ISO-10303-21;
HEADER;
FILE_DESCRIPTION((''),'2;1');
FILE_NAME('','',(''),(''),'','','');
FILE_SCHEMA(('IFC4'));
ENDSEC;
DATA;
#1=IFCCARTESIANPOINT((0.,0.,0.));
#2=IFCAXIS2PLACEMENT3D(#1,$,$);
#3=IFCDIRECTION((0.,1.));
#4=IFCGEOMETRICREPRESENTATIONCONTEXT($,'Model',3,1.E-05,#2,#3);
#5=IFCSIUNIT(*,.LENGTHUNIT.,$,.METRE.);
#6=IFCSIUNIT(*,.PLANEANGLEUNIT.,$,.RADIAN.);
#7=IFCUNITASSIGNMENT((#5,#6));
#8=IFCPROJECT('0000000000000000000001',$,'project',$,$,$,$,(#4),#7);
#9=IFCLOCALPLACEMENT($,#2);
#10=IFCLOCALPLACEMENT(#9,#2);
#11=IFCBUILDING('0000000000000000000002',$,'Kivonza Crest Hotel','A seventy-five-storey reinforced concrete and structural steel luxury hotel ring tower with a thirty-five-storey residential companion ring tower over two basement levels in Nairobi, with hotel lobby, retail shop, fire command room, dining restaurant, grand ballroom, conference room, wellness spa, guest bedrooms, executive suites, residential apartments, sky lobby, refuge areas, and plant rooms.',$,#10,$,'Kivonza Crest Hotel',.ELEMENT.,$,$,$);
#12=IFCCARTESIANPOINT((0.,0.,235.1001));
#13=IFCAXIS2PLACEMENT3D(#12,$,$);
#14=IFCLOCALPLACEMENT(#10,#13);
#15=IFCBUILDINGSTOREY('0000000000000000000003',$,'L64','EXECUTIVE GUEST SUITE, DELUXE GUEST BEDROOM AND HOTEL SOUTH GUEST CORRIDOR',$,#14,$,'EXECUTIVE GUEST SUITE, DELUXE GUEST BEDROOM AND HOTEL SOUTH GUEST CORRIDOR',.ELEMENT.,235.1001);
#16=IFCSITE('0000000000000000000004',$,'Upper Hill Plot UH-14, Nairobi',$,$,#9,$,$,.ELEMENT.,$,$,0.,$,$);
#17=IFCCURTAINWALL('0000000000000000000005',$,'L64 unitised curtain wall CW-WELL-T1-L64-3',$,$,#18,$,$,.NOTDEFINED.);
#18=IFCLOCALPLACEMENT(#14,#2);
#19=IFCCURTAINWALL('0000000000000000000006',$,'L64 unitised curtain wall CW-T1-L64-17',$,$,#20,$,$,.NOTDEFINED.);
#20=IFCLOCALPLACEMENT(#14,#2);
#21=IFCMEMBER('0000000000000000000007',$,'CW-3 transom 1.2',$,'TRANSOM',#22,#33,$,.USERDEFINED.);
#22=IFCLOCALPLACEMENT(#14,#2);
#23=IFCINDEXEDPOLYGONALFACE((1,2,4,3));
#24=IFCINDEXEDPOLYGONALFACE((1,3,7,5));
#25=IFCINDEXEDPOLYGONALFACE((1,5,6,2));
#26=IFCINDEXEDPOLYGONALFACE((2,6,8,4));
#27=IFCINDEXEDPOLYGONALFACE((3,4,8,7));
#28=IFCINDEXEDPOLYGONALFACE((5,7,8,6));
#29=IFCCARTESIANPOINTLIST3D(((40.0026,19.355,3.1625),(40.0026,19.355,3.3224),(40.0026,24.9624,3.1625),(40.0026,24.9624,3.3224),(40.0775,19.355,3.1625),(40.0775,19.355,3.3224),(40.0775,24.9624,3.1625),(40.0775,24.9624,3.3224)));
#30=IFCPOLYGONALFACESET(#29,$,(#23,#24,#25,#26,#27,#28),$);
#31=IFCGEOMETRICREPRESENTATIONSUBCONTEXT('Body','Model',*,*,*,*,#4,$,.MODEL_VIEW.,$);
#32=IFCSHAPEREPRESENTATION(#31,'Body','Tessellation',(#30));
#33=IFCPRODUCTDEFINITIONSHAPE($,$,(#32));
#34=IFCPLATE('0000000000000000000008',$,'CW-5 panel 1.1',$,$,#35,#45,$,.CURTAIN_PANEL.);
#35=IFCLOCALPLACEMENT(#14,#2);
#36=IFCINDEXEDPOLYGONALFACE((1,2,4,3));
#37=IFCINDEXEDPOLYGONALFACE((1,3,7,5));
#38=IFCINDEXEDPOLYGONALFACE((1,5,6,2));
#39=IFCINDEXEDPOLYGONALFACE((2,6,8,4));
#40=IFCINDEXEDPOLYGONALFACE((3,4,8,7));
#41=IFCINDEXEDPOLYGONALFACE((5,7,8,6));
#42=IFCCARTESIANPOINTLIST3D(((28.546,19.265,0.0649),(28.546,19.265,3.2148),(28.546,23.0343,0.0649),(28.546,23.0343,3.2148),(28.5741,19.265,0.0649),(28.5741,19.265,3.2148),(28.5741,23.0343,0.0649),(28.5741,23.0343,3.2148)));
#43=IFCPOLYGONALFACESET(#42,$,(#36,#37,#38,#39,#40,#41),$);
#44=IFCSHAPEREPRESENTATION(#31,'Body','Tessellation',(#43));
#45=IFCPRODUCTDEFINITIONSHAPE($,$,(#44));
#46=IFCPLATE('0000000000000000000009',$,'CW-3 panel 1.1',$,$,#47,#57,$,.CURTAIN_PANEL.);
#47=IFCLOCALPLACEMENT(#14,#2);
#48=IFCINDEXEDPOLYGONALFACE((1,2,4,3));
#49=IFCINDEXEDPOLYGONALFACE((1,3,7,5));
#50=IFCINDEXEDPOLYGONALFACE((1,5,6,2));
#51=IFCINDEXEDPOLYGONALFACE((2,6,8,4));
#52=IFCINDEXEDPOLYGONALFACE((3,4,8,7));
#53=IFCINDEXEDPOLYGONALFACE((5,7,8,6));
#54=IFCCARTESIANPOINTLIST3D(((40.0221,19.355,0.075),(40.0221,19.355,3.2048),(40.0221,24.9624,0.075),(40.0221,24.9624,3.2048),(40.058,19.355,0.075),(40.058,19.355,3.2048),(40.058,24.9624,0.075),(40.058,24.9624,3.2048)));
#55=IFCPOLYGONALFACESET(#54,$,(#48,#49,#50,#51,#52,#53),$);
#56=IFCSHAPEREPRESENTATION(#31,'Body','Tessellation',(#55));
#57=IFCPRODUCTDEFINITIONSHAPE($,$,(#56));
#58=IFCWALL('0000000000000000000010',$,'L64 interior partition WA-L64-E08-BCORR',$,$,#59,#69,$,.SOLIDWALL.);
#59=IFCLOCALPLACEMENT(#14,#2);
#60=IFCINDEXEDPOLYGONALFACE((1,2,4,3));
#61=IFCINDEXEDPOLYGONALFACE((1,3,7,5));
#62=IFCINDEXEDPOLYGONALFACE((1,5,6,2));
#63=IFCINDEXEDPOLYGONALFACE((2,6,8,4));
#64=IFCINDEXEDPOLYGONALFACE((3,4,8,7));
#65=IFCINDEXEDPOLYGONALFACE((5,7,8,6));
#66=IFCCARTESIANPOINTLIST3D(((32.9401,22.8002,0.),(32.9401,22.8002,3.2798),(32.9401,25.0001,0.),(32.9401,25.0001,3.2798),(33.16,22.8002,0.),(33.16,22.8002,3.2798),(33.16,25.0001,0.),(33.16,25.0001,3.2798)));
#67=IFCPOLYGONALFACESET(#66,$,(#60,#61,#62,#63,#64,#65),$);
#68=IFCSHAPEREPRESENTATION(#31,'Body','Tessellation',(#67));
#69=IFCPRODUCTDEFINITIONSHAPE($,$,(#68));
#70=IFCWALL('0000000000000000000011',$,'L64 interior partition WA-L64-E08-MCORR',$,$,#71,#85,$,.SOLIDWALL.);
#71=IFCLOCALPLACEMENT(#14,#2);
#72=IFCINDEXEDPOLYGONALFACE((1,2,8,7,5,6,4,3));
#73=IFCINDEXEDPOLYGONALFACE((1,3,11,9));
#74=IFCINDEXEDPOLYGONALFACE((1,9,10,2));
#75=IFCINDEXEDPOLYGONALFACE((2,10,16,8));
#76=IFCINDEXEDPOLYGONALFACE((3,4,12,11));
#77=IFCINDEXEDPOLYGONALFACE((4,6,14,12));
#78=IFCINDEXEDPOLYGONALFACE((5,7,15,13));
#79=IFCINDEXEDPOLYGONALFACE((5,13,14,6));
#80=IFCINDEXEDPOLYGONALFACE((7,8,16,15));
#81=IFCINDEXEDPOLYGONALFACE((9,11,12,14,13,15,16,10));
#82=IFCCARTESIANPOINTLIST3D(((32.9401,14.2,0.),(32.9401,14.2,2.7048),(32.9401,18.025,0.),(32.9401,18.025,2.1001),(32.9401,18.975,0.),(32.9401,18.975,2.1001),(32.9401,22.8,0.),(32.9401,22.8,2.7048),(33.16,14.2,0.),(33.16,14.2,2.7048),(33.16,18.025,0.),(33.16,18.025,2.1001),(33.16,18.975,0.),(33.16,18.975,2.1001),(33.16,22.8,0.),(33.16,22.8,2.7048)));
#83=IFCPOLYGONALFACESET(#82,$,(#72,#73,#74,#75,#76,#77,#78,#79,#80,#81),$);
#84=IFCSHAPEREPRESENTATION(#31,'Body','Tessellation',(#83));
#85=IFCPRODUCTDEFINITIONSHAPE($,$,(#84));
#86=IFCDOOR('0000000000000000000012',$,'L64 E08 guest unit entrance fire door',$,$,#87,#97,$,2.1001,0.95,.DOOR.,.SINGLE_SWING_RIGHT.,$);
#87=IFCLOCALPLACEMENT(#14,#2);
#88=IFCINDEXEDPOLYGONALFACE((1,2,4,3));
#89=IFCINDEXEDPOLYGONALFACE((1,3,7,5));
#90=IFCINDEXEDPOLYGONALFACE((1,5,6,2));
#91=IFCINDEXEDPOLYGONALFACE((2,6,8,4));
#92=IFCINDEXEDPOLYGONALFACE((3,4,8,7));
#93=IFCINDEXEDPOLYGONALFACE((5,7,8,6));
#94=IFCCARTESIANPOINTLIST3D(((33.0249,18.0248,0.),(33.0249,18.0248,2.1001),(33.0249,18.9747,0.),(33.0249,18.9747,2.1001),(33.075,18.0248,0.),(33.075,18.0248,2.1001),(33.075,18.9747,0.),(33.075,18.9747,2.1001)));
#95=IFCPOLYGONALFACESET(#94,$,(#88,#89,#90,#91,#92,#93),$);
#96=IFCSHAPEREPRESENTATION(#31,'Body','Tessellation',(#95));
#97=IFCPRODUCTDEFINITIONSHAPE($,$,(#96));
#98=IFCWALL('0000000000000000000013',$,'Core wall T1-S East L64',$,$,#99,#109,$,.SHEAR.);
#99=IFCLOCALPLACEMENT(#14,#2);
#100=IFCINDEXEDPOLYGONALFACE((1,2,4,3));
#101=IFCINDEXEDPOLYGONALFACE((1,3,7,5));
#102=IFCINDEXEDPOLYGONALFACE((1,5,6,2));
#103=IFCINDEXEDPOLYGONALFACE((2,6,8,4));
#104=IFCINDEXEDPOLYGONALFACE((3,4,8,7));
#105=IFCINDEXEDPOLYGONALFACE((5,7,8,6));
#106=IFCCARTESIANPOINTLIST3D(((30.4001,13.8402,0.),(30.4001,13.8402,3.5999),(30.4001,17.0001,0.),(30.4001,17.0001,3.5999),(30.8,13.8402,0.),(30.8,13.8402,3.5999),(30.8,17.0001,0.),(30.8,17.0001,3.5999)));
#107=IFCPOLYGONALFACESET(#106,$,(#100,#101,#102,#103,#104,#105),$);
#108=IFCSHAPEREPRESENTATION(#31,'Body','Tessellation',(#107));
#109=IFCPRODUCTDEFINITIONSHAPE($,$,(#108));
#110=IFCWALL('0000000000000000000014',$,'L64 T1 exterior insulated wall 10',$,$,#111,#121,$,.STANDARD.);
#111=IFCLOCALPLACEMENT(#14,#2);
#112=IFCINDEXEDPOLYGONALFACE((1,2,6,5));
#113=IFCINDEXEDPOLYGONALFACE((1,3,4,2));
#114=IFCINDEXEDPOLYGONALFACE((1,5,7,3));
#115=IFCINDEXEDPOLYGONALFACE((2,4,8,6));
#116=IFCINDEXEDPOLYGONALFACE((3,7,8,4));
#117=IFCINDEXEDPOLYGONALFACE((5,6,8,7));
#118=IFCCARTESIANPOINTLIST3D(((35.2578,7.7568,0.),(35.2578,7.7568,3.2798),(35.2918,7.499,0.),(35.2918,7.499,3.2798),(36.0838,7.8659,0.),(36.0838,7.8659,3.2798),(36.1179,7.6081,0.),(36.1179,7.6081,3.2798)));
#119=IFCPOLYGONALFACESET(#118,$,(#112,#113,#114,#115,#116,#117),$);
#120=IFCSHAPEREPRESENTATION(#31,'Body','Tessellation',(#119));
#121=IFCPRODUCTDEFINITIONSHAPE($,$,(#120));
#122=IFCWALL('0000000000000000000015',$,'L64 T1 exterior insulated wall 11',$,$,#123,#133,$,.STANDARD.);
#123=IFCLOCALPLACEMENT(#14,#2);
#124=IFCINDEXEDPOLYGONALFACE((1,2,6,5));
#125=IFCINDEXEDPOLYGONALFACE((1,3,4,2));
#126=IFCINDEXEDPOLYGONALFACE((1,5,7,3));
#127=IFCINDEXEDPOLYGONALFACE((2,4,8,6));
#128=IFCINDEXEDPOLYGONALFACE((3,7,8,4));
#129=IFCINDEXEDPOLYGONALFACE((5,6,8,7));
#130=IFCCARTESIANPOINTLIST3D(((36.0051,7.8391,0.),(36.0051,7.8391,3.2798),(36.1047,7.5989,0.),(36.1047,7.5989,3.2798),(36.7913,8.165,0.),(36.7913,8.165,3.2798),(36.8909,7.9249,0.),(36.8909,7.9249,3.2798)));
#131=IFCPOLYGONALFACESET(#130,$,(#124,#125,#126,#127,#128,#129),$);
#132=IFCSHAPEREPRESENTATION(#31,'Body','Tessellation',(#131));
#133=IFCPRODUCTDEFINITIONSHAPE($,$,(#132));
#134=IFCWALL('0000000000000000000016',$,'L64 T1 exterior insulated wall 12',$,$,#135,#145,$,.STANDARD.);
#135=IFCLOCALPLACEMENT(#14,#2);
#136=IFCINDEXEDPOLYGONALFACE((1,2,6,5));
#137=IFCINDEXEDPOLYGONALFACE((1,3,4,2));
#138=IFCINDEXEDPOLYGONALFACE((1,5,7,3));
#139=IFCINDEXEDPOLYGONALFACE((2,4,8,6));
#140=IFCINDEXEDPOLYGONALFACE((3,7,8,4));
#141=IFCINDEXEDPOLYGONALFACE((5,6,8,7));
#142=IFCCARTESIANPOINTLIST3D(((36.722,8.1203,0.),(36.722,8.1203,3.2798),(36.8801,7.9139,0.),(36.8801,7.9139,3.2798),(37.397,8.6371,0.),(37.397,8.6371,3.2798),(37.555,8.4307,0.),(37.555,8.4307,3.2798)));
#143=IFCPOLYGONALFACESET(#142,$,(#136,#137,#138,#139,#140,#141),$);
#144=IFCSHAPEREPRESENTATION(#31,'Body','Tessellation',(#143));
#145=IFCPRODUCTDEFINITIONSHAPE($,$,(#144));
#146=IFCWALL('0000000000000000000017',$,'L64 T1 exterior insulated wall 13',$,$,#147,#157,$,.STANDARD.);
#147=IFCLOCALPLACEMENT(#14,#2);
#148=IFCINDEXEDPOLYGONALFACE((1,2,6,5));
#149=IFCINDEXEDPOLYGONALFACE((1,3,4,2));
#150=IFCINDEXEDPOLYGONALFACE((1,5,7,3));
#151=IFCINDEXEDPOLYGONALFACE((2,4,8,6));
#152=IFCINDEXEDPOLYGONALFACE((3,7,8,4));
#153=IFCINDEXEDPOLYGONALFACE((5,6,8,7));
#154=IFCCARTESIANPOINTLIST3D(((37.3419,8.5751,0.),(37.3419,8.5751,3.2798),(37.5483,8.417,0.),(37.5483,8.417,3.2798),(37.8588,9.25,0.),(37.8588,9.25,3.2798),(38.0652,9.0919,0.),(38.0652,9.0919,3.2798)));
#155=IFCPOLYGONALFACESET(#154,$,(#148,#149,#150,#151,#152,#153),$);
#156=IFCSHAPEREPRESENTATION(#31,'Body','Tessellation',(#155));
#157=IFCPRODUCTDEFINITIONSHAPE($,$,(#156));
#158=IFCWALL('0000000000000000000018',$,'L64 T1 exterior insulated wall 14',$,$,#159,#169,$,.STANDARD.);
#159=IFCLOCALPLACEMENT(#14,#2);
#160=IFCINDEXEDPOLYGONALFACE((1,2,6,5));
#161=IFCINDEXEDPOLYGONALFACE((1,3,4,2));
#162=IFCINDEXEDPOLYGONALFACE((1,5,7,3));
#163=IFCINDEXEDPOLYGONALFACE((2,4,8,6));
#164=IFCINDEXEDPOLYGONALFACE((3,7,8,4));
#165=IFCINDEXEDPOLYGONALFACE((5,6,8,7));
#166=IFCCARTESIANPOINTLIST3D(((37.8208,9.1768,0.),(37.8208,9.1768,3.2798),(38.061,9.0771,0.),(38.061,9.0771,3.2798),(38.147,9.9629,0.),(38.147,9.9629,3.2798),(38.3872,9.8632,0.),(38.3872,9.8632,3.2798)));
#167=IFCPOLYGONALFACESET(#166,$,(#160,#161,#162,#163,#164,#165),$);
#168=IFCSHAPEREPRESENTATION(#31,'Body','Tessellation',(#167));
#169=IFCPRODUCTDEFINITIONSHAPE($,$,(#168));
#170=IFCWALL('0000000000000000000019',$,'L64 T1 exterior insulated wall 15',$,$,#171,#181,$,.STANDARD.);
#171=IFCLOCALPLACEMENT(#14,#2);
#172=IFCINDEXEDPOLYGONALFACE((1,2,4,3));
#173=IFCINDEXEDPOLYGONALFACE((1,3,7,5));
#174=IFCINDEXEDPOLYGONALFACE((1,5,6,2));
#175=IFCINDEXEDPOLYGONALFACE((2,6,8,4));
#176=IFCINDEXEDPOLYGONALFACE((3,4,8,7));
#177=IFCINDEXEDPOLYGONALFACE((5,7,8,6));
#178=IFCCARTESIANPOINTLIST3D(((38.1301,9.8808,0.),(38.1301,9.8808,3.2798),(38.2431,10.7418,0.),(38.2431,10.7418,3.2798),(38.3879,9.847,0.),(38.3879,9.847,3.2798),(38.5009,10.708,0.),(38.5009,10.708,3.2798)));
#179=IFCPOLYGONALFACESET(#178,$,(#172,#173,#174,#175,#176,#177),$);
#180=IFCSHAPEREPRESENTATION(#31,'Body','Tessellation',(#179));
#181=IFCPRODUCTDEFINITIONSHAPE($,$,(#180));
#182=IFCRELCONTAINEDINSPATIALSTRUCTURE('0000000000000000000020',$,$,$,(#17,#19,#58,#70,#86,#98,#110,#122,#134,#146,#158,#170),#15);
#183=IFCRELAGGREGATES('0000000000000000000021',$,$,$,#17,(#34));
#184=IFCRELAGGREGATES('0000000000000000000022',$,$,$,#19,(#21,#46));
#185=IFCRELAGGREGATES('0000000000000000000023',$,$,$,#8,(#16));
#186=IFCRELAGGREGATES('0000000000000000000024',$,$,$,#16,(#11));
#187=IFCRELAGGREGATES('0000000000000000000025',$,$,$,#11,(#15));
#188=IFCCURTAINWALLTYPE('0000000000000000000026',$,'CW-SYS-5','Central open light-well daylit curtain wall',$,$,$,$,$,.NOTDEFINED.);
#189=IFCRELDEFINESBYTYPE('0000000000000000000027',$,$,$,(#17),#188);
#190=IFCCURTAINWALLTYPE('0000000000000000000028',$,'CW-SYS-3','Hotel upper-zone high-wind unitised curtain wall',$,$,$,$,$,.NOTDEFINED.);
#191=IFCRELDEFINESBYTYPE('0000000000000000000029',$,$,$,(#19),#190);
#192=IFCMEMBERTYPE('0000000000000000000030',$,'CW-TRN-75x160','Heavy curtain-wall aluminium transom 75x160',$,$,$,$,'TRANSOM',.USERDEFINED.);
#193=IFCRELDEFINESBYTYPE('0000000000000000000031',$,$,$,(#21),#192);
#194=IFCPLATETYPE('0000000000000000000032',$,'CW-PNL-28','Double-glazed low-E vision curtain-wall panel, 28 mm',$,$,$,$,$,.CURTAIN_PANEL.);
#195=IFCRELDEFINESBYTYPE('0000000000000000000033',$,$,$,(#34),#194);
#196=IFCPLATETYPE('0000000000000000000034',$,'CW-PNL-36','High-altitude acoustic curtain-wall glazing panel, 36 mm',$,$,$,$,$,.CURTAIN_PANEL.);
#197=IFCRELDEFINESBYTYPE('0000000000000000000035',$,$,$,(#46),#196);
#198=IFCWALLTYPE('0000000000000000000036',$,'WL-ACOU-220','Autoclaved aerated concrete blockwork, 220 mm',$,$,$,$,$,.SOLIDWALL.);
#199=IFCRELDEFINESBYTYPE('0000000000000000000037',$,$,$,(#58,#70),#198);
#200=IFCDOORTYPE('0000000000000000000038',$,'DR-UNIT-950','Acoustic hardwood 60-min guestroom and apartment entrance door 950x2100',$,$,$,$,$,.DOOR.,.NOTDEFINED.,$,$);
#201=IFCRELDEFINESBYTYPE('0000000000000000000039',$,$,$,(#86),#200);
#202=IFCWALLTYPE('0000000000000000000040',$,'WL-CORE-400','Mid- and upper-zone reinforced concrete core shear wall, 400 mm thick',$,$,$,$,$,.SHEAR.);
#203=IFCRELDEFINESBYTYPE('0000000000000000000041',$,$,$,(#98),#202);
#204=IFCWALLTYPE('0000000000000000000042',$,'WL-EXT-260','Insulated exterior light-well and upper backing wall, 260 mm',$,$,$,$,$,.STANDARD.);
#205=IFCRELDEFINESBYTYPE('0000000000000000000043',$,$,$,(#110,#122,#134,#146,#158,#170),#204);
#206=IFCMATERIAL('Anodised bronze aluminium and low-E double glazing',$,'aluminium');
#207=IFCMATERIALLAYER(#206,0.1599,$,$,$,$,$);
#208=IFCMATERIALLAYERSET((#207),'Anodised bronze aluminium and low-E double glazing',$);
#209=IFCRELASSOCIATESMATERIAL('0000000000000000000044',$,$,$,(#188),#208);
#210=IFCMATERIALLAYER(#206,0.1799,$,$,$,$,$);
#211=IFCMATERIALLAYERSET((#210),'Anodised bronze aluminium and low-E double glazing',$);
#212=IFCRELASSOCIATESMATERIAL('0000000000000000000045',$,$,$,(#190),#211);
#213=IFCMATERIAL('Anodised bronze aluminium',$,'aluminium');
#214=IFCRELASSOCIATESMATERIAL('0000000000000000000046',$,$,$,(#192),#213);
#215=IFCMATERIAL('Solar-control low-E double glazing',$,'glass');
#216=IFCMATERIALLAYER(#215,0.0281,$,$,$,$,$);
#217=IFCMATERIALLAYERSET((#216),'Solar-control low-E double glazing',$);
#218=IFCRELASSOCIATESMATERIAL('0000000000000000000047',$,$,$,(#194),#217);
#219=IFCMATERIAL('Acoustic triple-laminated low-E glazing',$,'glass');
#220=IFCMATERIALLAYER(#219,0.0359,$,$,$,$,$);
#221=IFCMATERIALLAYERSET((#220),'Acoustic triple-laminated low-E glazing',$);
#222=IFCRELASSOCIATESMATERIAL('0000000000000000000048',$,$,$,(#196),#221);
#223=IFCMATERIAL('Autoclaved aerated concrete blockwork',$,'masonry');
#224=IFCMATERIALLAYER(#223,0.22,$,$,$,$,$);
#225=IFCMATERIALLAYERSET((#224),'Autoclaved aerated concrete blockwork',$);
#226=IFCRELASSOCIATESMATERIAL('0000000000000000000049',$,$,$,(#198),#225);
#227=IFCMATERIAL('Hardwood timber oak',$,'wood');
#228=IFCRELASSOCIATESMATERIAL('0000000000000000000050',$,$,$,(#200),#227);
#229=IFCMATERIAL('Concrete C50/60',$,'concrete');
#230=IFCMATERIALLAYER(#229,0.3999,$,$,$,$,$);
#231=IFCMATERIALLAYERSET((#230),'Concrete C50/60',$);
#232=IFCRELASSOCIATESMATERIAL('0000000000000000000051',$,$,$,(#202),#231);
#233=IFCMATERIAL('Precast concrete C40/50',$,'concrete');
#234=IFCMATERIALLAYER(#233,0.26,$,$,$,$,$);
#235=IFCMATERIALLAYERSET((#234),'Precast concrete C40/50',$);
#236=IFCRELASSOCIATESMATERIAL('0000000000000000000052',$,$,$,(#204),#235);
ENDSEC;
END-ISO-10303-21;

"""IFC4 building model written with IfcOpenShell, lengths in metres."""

from ifc_helpers import new_model, si_unit, direction, frame, frame_2d, origin, origin_2d, place, context, subcontext, project, spatial, rectangle, extrude, material, layer, layer_set, material_profile, profile_set, type_object, element, fill, aggregate, save


model = new_model("IFC4")

# Units and contexts
model_context = context("Model", 3, precision=1e-05, world=origin(), true_north=direction((0.0, 1.0)))
body_context = subcontext(model_context, "Body", "Model", "MODEL_VIEW")
ifc_project = project(units=[si_unit("LENGTHUNIT", "METRE"), si_unit("PLANEANGLEUNIT", "RADIAN")], contexts=[model_context])

# Site, building, storey
site_placement = place(None, origin())
site = spatial("IfcSite", under=ifc_project, at=site_placement, Name="Upper Hill Plot UH-14, Nairobi", CompositionType="ELEMENT", RefElevation=0.0)
building_placement = place(site_placement, origin())
building = spatial("IfcBuilding", under=site, at=building_placement, Name="Kivonza Crest Hotel", Description="A seventy-five-storey reinforced concrete and structural steel luxury hotel ring tower with a thirty-five-storey residential companion ring tower over two basement levels in Nairobi, with hotel lobby, retail shop, fire command room, dining restaurant, grand ballroom, conference room, wellness spa, guest bedrooms, executive suites, residential apartments, sky lobby, refuge areas, and plant rooms.", LongName="Kivonza Crest Hotel", CompositionType="ELEMENT")
storey_placement = place(building_placement, frame((0.0, 0.0, 235.1001)))
storey = spatial("IfcBuildingStorey", under=building, at=storey_placement, Name="L64", Description="EXECUTIVE GUEST SUITE, DELUXE GUEST BEDROOM AND HOTEL SOUTH GUEST CORRIDOR", LongName="EXECUTIVE GUEST SUITE, DELUXE GUEST BEDROOM AND HOTEL SOUTH GUEST CORRIDOR", CompositionType="ELEMENT", Elevation=235.1001)

# Shared definitions
ifc_material_1 = material(Name="Concrete C50/60", Category="concrete")

# Curtain walls
ifc_material_2 = material(Name="Anodised bronze aluminium and low-E double glazing", Category="aluminium")
ifc_layer_1 = layer(ifc_material_2, 0.1599)
ifc_layer_set_1 = layer_set([ifc_layer_1], Name="Anodised bronze aluminium and low-E double glazing")
curtain_wall_type_1 = type_object("IfcCurtainWallType", Name="CW-SYS-5", Description="Central open light-well daylit curtain wall", PredefinedType="NOTDEFINED", material=ifc_layer_set_1)
curtain_wall_1_placement = place(storey_placement, origin())
curtain_wall_1 = element("IfcCurtainWall", 1, at=curtain_wall_1_placement, inside=storey, type_object=curtain_wall_type_1, Name="L64 unitised curtain wall CW-WELL-T1-L64-3", PredefinedType="NOTDEFINED")
ifc_material_3 = material(Name="Anodised bronze aluminium", Category="aluminium")
ifc_layer_2 = layer(ifc_material_2, 0.1799)
ifc_layer_set_2 = layer_set([ifc_layer_2], Name="Anodised bronze aluminium and low-E double glazing")
curtain_wall_type_2 = type_object("IfcCurtainWallType", Name="CW-SYS-3", Description="Hotel upper-zone high-wind unitised curtain wall", PredefinedType="NOTDEFINED", material=ifc_layer_set_2)
curtain_wall_2_placement = place(storey_placement, origin())
curtain_wall_2 = element("IfcCurtainWall", 2, at=curtain_wall_2_placement, inside=storey, type_object=curtain_wall_type_2, Name="L64 unitised curtain wall CW-T1-L64-17", PredefinedType="NOTDEFINED")

# Member
ifc_material_profile_1 = material_profile(ifc_material_3, rectangle(XDim=0.075, YDim=0.1599, at=origin_2d()), Name="CW-T 75x160")
ifc_profile_set_1 = profile_set([ifc_material_profile_1], Name="Anodised bronze aluminium")
member_type_1 = type_object("IfcMemberType", Name="CW-TRN-75x160", Description="Heavy curtain-wall aluminium transom 75x160", ElementType="TRANSOM", PredefinedType="USERDEFINED", material=ifc_profile_set_1)
member_1_placement = place(storey_placement, frame((40.04, 19.355, 3.2424), z_axis=(0.0, 1.0, 0.0), x_axis=(-1.0, 0.0, 0.0)))
member_1 = element("IfcMember", 3, at=member_1_placement, type_object=member_type_1, Name="CW-3 transom 1.2", ObjectType="TRANSOM", PredefinedType="USERDEFINED", context=body_context, shape_type="SweptSolid", body=[
    extrude(rectangle(XDim=0.075, YDim=0.1599, at=origin_2d()), origin(), (0.0, 0.0, 1.0), 5.6074),
])

# Plates
ifc_material_4 = material(Name="Solar-control low-E double glazing", Category="glass")
ifc_layer_3 = layer(ifc_material_4, 0.0281)
ifc_layer_set_3 = layer_set([ifc_layer_3], Name="Solar-control low-E double glazing")
plate_type_1 = type_object("IfcPlateType", Name="CW-PNL-28", Description="Double-glazed low-E vision curtain-wall panel, 28 mm", PredefinedType="CURTAIN_PANEL", material=ifc_layer_set_3)
plate_1_placement = place(storey_placement, frame((28.5601, 21.1497, 0.0649), z_axis=(0.0, 0.0, 1.0), x_axis=(0.0, 1.0, 0.0)))
plate_1 = element("IfcPlate", 4, at=plate_1_placement, type_object=plate_type_1, Name="CW-5 panel 1.1", PredefinedType="CURTAIN_PANEL", context=body_context, shape_type="SweptSolid", body=[
    extrude(rectangle(XDim=3.7693, YDim=0.0281, at=origin_2d()), origin(), (0.0, 0.0, 1.0), 3.1499),
])
aggregate(curtain_wall_1, [plate_1])
ifc_material_5 = material(Name="Acoustic triple-laminated low-E glazing", Category="glass")
ifc_layer_4 = layer(ifc_material_5, 0.0359)
ifc_layer_set_4 = layer_set([ifc_layer_4], Name="Acoustic triple-laminated low-E glazing")
plate_type_2 = type_object("IfcPlateType", Name="CW-PNL-36", Description="High-altitude acoustic curtain-wall glazing panel, 36 mm", PredefinedType="CURTAIN_PANEL", material=ifc_layer_set_4)
plate_2_placement = place(storey_placement, frame((40.04, 22.1587, 0.075), z_axis=(0.0, 0.0, 1.0), x_axis=(0.0, 1.0, 0.0)))
plate_2 = element("IfcPlate", 5, at=plate_2_placement, type_object=plate_type_2, Name="CW-3 panel 1.1", PredefinedType="CURTAIN_PANEL", context=body_context, shape_type="SweptSolid", body=[
    extrude(rectangle(XDim=5.6074, YDim=0.0359, at=origin_2d()), origin(), (0.0, 0.0, 1.0), 3.1299),
])
aggregate(curtain_wall_2, [member_1, plate_2])

# Wall
ifc_material_6 = material(Name="Autoclaved aerated concrete blockwork", Category="masonry")
ifc_layer_5 = layer(ifc_material_6, 0.22)
ifc_layer_set_5 = layer_set([ifc_layer_5], Name="Autoclaved aerated concrete blockwork")
wall_type_1 = type_object("IfcWallType", Name="WL-ACOU-220", Description="Autoclaved aerated concrete blockwork, 220 mm", PredefinedType="SOLIDWALL", material=ifc_layer_set_5)
wall_1_placement = place(storey_placement, frame((33.05, 22.8, 0.0), z_axis=(0.0, 0.0, 1.0), x_axis=(0.0, 1.0, 0.0)))
element("IfcWall", 6, at=wall_1_placement, inside=storey, type_object=wall_type_1, Name="L64 interior partition WA-L64-E08-BCORR", PredefinedType="SOLIDWALL", context=body_context, shape_type="SweptSolid", body=[
    extrude(rectangle(XDim=2.2, YDim=0.22, at=frame_2d((1.1001, 0.0))), origin(), (0.0, 0.0, 1.0), 3.2798),
])

# Wall, opening, door
wall_2_placement = place(storey_placement, frame((33.05, 14.2, 0.0), z_axis=(0.0, 0.0, 1.0), x_axis=(0.0, 1.0, 0.0)))
wall_2 = element("IfcWall", 7, at=wall_2_placement, inside=storey, type_object=wall_type_1, Name="L64 interior partition WA-L64-E08-MCORR", PredefinedType="SOLIDWALL", context=body_context, shape_type="SweptSolid", body=[
    extrude(rectangle(XDim=8.6001, YDim=0.22, at=frame_2d((4.3, 0.0))), origin(), (0.0, 0.0, 1.0), 2.7048),
])
opening_1_placement = place(wall_2_placement, frame((3.825, 0.0, 0.0)))
opening_1 = element("IfcOpeningElement", 8, at=opening_1_placement, cuts=wall_2, PredefinedType="OPENING", context=body_context, shape_type="SweptSolid", body=[
    extrude(rectangle(XDim=0.95, YDim=2.1001, at=frame_2d((0.4751, 1.05))), frame((0.0, 0.1201, 0.0), z_axis=(0.0, -1.0, 0.0), x_axis=(1.0, 0.0, 0.0)), (0.0, 0.0, 1.0), 0.24),
])
ifc_material_7 = material(Name="Hardwood timber oak", Category="wood")
door_type_1 = type_object("IfcDoorType", Name="DR-UNIT-950", Description="Acoustic hardwood 60-min guestroom and apartment entrance door 950x2100", OperationType="NOTDEFINED", PredefinedType="DOOR", material=ifc_material_7)
door_1_placement = place(opening_1_placement, frame((0.95, 0.0, 0.0), z_axis=(0.0, 0.0, 1.0), x_axis=(-1.0, 0.0, 0.0)))
door_1 = element("IfcDoor", 9, at=door_1_placement, inside=storey, type_object=door_type_1, Name="L64 E08 guest unit entrance fire door", OperationType="SINGLE_SWING_RIGHT", OverallHeight=2.1001, OverallWidth=0.95, PredefinedType="DOOR", context=body_context, shape_type="SweptSolid", body=[
    extrude(rectangle(XDim=0.95, YDim=2.1001, at=frame_2d((0.4751, 1.05))), frame((0.0, 0.0249, 0.0), z_axis=(0.0, -1.0, 0.0), x_axis=(1.0, 0.0, 0.0)), (0.0, 0.0, 1.0), 0.05),
])
fill(opening_1, door_1)

# Walls
ifc_layer_6 = layer(ifc_material_1, 0.3999)
ifc_layer_set_6 = layer_set([ifc_layer_6], Name="Concrete C50/60")
wall_type_2 = type_object("IfcWallType", Name="WL-CORE-400", Description="Mid- and upper-zone reinforced concrete core shear wall, 400 mm thick", PredefinedType="SHEAR", material=ifc_layer_set_6)
wall_3_placement = place(storey_placement, frame((30.6001, 13.8401, 0.0), z_axis=(0.0, 0.0, 1.0), x_axis=(0.0, 1.0, 0.0)))
element("IfcWall", 10, at=wall_3_placement, inside=storey, type_object=wall_type_2, Name="Core wall T1-S East L64", PredefinedType="SHEAR", context=body_context, shape_type="SweptSolid", body=[
    extrude(rectangle(XDim=3.1599, YDim=0.3999, at=frame_2d((1.5801, 0.0))), origin(), (0.0, 0.0, 1.0), 3.5999),
])
ifc_material_8 = material(Name="Precast concrete C40/50", Category="concrete")
ifc_layer_7 = layer(ifc_material_8, 0.26)
ifc_layer_set_7 = layer_set([ifc_layer_7], Name="Precast concrete C40/50")
wall_type_3 = type_object("IfcWallType", Name="WL-EXT-260", Description="Insulated exterior light-well and upper backing wall, 260 mm", PredefinedType="STANDARD", material=ifc_layer_set_7)
wall_4_placement = place(storey_placement, frame((35.2749, 7.6279, 0.0), z_axis=(0.0, 0.0, 1.0), x_axis=(0.991388, 0.130955, 0.0)))
element("IfcWall", 11, at=wall_4_placement, inside=storey, type_object=wall_type_3, Name="L64 T1 exterior insulated wall 10", PredefinedType="STANDARD", context=body_context, shape_type="SweptSolid", body=[
    extrude(rectangle(XDim=0.8333, YDim=0.26, at=frame_2d((0.4165, 0.0))), origin(), (0.0, 0.0, 1.0), 3.2798),
])
wall_5_placement = place(storey_placement, frame((36.0549, 7.719, 0.0), z_axis=(0.0, 0.0, 1.0), x_axis=(0.923754, 0.382985, 0.0)))
element("IfcWall", 12, at=wall_5_placement, inside=storey, type_object=wall_type_3, Name="L64 T1 exterior insulated wall 11", PredefinedType="STANDARD", context=body_context, shape_type="SweptSolid", body=[
    extrude(rectangle(XDim=0.8511, YDim=0.26, at=frame_2d((0.4255, 0.0))), origin(), (0.0, 0.0, 1.0), 3.2798),
])
for number, where, z_axis, x_axis, name in (
    (13, (36.801, 8.0171, 0.0), (0.0, 0.0, 1.0), (0.793999, 0.607919, 0.0), "L64 T1 exterior insulated wall 12"),
    (14, (37.4451, 8.4961, 0.0), (0.0, 0.0, 1.0), (0.608058, 0.793893, 0.0), "L64 T1 exterior insulated wall 13"),
):
    element("IfcWall", number, at=place(storey_placement, frame(where, z_axis=z_axis, x_axis=x_axis)), inside=storey, type_object=wall_type_3, Name=name, PredefinedType="STANDARD", context=body_context, shape_type="SweptSolid", body=[
        extrude(rectangle(XDim=0.8501, YDim=0.26, at=frame_2d((0.425, 0.0))), origin(), (0.0, 0.0, 1.0), 3.2798),
    ])
wall_6_placement = place(storey_placement, frame((37.9409, 9.127, 0.0), z_axis=(0.0, 0.0, 1.0), x_axis=(0.38323, 0.923653, 0.0)))
element("IfcWall", 15, at=wall_6_placement, inside=storey, type_object=wall_type_3, Name="L64 T1 exterior insulated wall 14", PredefinedType="STANDARD", context=body_context, shape_type="SweptSolid", body=[
    extrude(rectangle(XDim=0.8511, YDim=0.26, at=frame_2d((0.4255, 0.0))), origin(), (0.0, 0.0, 1.0), 3.2798),
])
wall_7_placement = place(storey_placement, frame((38.259, 9.864, 0.0), z_axis=(0.0, 0.0, 1.0), x_axis=(0.130156, 0.991493, 0.0)))
element("IfcWall", 16, at=wall_7_placement, inside=storey, type_object=wall_type_3, Name="L64 T1 exterior insulated wall 15", PredefinedType="STANDARD", context=body_context, shape_type="SweptSolid", body=[
    extrude(rectangle(XDim=0.8684, YDim=0.26, at=frame_2d((0.4341, 0.0))), origin(), (0.0, 0.0, 1.0), 3.2798),
])

save(model, "model.ifc")
